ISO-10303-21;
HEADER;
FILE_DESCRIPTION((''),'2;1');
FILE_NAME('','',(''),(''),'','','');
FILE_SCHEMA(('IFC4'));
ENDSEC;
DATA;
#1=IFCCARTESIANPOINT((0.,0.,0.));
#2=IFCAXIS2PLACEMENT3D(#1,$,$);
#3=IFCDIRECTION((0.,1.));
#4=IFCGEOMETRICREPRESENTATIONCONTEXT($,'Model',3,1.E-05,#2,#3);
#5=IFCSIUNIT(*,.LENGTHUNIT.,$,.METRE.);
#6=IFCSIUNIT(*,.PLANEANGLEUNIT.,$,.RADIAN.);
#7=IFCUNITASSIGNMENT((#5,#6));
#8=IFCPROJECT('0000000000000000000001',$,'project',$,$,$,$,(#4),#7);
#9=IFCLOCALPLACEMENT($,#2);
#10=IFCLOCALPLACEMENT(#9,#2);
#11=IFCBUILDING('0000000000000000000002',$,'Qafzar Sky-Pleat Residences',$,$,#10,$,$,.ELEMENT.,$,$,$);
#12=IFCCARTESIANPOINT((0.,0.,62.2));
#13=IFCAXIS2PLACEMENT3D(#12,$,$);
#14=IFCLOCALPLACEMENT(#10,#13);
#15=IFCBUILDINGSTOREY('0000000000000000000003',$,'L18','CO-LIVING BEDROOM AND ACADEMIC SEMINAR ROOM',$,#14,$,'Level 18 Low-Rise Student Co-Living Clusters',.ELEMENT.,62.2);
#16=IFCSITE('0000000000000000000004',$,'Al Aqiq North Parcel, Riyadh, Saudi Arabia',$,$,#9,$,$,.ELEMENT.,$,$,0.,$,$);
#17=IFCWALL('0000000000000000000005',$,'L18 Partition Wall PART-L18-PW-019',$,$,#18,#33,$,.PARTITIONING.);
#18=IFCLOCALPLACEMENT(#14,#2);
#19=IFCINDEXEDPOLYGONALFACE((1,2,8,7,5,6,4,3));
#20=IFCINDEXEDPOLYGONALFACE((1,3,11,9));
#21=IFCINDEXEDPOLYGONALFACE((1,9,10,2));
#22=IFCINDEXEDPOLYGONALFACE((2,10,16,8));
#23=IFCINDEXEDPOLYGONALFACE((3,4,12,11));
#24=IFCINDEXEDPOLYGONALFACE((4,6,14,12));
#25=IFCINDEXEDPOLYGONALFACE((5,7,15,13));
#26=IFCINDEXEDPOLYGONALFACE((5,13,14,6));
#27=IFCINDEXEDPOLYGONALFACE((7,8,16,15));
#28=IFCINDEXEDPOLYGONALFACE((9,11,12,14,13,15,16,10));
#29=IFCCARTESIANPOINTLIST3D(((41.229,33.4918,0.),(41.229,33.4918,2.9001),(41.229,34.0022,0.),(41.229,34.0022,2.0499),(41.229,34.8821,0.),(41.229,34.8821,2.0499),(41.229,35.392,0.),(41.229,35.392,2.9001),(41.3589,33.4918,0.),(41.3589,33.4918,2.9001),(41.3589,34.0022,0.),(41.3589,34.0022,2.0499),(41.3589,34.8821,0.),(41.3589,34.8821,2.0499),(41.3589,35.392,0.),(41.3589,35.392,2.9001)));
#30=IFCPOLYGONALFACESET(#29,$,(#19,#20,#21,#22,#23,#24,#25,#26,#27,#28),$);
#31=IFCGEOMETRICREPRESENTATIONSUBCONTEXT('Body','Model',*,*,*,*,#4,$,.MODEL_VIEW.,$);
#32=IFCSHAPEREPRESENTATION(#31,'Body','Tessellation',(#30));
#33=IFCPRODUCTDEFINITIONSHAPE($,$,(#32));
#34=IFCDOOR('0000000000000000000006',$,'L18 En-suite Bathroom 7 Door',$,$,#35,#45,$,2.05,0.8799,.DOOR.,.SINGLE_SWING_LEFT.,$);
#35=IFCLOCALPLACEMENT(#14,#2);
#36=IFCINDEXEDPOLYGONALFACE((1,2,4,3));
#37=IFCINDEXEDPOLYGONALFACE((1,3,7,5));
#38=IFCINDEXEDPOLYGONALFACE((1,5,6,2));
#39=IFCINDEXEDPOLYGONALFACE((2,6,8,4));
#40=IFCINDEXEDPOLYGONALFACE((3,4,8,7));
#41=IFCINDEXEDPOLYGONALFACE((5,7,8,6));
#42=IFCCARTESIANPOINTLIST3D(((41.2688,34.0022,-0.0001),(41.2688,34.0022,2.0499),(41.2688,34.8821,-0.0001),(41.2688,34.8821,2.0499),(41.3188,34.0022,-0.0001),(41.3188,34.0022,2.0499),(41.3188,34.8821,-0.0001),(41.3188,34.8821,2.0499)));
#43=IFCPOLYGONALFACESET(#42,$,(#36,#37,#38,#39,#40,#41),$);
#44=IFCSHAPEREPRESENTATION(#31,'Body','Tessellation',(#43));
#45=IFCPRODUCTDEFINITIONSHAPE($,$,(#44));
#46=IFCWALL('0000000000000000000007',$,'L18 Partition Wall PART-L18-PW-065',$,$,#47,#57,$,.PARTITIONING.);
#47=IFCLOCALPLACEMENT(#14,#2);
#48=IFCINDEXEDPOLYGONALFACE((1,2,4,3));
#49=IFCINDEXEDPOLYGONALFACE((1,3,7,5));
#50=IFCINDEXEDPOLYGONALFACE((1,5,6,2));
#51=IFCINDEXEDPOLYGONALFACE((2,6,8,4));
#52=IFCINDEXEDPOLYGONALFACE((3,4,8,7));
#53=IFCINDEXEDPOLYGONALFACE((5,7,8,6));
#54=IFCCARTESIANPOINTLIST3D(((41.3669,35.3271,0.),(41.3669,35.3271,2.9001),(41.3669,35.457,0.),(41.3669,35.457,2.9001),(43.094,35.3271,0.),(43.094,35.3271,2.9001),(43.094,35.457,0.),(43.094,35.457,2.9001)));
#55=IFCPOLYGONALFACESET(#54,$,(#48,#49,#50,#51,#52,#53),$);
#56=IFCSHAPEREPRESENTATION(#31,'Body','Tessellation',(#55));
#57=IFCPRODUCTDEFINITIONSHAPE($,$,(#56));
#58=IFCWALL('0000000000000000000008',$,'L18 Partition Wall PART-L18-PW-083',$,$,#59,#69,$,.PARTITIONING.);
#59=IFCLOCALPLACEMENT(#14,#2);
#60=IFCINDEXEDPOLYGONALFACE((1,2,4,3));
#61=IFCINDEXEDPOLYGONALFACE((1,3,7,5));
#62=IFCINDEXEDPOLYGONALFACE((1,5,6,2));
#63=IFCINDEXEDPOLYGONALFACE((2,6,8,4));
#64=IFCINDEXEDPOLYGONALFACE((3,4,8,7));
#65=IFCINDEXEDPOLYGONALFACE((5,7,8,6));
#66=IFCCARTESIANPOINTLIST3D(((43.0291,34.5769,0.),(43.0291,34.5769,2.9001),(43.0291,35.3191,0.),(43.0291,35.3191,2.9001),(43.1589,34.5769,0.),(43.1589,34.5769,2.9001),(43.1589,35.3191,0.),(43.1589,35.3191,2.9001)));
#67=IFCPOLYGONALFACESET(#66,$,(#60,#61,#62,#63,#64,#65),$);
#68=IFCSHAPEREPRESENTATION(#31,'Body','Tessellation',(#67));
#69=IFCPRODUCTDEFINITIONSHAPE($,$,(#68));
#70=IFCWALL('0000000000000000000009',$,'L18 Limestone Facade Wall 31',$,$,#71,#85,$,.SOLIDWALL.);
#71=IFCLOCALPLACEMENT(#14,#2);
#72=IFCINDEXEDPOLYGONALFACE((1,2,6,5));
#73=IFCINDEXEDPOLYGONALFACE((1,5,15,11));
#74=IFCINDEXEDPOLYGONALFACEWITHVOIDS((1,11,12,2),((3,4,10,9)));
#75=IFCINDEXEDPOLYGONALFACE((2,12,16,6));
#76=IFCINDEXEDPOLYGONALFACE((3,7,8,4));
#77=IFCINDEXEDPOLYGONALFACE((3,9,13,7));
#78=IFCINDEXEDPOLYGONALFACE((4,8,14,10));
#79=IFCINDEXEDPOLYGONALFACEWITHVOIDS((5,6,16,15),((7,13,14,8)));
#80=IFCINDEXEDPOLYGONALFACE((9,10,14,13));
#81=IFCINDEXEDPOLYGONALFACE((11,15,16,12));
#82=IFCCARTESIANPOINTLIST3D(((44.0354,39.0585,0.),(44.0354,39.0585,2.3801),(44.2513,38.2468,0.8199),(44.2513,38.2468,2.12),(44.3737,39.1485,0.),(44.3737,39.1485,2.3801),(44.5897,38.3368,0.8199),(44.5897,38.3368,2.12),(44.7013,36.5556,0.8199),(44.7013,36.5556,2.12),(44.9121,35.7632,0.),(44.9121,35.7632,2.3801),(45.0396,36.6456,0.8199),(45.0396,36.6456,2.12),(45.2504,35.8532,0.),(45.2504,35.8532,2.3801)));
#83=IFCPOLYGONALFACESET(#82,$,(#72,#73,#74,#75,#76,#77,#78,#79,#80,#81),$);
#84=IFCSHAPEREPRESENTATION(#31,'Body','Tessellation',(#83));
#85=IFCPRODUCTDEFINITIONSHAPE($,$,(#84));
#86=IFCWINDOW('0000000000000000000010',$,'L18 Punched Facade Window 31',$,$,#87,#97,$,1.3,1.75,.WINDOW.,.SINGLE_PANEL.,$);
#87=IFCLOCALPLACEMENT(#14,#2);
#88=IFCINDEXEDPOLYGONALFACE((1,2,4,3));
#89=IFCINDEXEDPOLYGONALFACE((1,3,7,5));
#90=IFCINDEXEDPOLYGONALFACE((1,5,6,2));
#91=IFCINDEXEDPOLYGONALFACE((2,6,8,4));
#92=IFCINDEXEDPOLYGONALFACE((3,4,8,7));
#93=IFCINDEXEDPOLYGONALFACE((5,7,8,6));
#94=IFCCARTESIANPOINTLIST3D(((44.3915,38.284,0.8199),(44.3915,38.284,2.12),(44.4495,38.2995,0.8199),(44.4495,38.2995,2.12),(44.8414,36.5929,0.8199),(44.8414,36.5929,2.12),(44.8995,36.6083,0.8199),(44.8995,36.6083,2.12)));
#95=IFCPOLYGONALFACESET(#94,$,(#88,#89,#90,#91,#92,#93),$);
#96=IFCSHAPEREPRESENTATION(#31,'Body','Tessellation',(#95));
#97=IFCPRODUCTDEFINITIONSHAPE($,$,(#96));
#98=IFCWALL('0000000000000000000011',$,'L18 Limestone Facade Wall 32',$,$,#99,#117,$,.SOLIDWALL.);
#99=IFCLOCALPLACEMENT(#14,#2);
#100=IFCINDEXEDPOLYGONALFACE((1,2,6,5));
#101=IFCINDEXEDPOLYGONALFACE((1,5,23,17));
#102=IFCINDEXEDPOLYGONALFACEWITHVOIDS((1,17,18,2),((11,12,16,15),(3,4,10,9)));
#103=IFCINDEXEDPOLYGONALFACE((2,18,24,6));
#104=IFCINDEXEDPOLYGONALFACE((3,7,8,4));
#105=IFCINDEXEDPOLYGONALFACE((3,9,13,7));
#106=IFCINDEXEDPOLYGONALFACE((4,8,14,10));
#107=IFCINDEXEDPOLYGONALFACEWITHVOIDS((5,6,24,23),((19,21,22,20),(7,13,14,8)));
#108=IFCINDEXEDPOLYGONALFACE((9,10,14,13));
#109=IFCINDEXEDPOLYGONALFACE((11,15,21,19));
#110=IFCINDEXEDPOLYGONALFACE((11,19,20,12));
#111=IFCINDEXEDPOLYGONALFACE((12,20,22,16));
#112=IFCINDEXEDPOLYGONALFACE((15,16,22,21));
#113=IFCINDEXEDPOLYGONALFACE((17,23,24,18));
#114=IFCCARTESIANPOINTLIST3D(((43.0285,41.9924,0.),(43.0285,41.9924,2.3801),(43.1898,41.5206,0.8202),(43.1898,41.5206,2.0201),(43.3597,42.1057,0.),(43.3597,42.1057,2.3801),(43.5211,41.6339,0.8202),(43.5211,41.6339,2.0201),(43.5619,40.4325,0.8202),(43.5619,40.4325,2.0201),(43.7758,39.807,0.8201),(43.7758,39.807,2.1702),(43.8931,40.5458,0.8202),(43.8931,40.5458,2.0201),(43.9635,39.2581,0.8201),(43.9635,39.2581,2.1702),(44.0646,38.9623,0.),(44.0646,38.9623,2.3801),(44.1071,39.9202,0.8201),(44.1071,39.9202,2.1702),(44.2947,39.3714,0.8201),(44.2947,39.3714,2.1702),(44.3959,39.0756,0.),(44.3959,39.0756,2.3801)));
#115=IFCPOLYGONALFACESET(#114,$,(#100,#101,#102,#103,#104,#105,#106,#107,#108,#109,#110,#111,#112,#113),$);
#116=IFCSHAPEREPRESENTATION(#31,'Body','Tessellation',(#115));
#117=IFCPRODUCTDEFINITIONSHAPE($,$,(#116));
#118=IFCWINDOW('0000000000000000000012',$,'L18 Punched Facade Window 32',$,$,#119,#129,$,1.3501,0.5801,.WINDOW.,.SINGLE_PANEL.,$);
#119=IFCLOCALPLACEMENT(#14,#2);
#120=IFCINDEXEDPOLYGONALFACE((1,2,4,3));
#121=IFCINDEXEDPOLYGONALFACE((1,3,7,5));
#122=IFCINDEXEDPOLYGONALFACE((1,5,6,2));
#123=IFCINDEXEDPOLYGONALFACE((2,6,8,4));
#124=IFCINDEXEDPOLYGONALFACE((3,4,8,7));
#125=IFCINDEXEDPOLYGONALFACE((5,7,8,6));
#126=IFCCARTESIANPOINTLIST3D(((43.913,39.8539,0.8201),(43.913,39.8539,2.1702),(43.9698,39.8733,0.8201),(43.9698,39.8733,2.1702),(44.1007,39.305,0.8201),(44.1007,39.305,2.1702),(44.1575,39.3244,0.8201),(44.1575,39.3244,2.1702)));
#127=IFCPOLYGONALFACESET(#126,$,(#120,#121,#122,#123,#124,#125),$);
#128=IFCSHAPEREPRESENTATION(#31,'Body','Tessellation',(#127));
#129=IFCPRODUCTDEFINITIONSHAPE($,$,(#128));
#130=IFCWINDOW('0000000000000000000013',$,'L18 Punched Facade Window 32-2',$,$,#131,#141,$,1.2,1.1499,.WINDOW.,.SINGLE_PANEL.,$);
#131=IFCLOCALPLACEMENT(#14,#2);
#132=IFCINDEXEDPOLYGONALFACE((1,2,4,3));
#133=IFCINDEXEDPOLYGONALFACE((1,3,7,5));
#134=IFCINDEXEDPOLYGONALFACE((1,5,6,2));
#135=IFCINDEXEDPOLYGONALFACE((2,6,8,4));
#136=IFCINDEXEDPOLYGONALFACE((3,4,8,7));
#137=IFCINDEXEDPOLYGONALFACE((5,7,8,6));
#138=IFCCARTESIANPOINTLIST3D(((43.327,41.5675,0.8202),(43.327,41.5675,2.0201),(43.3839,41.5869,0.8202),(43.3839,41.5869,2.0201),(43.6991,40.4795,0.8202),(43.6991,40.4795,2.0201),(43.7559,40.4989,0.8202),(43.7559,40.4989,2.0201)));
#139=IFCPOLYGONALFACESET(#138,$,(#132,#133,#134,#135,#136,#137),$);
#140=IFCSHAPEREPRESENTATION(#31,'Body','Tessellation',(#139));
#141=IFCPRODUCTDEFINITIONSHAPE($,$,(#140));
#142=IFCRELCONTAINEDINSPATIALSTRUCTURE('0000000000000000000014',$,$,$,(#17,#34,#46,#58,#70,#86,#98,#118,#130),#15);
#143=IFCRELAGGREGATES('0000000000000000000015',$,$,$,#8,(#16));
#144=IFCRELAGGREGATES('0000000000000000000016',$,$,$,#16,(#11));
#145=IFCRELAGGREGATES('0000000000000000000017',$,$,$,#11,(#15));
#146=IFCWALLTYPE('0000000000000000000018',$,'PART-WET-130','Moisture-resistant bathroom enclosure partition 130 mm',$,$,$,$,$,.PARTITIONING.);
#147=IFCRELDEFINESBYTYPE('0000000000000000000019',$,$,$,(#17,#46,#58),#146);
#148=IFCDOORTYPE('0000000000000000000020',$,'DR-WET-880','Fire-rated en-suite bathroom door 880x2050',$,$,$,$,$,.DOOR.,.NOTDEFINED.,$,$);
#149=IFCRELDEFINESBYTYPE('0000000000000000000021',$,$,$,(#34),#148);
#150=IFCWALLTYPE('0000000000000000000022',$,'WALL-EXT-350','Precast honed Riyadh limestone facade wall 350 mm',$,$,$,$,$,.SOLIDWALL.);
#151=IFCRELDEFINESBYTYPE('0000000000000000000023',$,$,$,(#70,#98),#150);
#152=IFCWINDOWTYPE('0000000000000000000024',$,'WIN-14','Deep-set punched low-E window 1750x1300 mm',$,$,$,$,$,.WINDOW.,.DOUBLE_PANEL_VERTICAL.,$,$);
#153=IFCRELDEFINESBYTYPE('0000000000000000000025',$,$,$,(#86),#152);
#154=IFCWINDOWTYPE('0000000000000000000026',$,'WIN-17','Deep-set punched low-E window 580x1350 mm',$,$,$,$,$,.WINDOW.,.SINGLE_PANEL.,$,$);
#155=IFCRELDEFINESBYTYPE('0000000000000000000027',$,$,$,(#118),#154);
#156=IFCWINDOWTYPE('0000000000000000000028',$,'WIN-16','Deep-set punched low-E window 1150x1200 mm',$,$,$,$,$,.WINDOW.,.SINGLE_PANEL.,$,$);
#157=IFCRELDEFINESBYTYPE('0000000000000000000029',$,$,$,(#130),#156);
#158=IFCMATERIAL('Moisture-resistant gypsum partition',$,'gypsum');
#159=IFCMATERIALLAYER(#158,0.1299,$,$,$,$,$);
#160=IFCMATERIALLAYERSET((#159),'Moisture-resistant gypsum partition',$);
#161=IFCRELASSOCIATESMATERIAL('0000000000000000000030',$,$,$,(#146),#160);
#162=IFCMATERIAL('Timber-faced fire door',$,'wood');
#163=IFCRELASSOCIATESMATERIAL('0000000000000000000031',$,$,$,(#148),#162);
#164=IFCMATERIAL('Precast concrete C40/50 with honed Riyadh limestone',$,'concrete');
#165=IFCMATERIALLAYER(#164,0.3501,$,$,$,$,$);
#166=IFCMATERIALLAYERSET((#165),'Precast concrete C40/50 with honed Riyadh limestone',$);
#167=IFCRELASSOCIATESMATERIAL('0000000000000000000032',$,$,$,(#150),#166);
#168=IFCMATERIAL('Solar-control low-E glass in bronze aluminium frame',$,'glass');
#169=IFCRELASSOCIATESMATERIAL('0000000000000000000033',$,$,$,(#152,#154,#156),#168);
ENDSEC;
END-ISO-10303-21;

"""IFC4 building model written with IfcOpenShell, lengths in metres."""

from ifc_helpers import new_model, si_unit, direction, frame, frame_2d, origin, place, context, subcontext, project, spatial, rectangle, extrude, source, transform, mapped, material, layer, layer_set, type_object, element, fill, save


model = new_model("IFC4")

# Units and contexts
model_context = context("Model", 3, precision=1e-05, world=origin(), true_north=direction((0.0, 1.0)))
body_context = subcontext(model_context, "Body", "Model", "MODEL_VIEW")
ifc_project = project(units=[si_unit("LENGTHUNIT", "METRE"), si_unit("PLANEANGLEUNIT", "RADIAN")], contexts=[model_context])

# Site, building, storey
site_placement = place(None, origin())
site = spatial("IfcSite", under=ifc_project, at=site_placement, Name="Al Aqiq North Parcel, Riyadh, Saudi Arabia", CompositionType="ELEMENT", RefElevation=0.0)
building_placement = place(site_placement, origin())
building = spatial("IfcBuilding", under=site, at=building_placement, Name="Qafzar Sky-Pleat Residences", CompositionType="ELEMENT")
storey_placement = place(building_placement, frame((0.0, 0.0, 62.2)))
storey = spatial("IfcBuildingStorey", under=building, at=storey_placement, Name="L18", Description="CO-LIVING BEDROOM AND ACADEMIC SEMINAR ROOM", LongName="Level 18 Low-Rise Student Co-Living Clusters", CompositionType="ELEMENT", Elevation=62.2)

# Wall, opening, door
ifc_material_1 = material(Name="Moisture-resistant gypsum partition", Category="gypsum")
ifc_layer_1 = layer(ifc_material_1, 0.1299)
ifc_layer_set_1 = layer_set([ifc_layer_1], Name="Moisture-resistant gypsum partition")
wall_type_1 = type_object("IfcWallType", Name="PART-WET-130", Description="Moisture-resistant bathroom enclosure partition 130 mm", PredefinedType="PARTITIONING", material=ifc_layer_set_1)
wall_1_placement = place(storey_placement, frame((41.2939, 35.3921, 0.0), z_axis=(0.0, 0.0, 1.0), x_axis=(0.0, -1.0, 0.0)))
wall_1 = element("IfcWall", 1, at=wall_1_placement, inside=storey, type_object=wall_type_1, Name="L18 Partition Wall PART-L18-PW-019", PredefinedType="PARTITIONING", context=body_context, shape_type="SweptSolid", body=[
    extrude(rectangle(XDim=1.9001, YDim=0.1299, at=frame_2d((0.9502, 0.0))), origin(), (0.0, 0.0, 1.0), 2.9001),
])
opening_1_placement = place(wall_1_placement, frame((0.51, 0.0, 0.0)))
opening_1 = element("IfcOpeningElement", 2, at=opening_1_placement, cuts=wall_1, PredefinedType="OPENING", context=body_context, shape_type="SweptSolid", body=[
    extrude(rectangle(XDim=0.8799, YDim=2.05, at=frame_2d((0.4399, 1.0249))), frame((0.0, 0.075, 0.0), z_axis=(0.0, -1.0, 0.0), x_axis=(1.0, 0.0, 0.0)), (0.0, 0.0, 1.0), 0.1499),
])
ifc_material_2 = material(Name="Timber-faced fire door", Category="wood")
door_type = type_object("IfcDoorType", Name="DR-WET-880", Description="Fire-rated en-suite bathroom door 880x2050", OperationType="NOTDEFINED", PredefinedType="DOOR", material=ifc_material_2)
shared_shape_1 = source(origin(), body_context, "Body", "SweptSolid", [
    extrude(rectangle(XDim=0.8799, YDim=2.05, at=frame_2d((0.4399, 1.0249))), frame((0.0, 0.0249, 0.0), z_axis=(0.0, -1.0, 0.0), x_axis=(1.0, 0.0, 0.0)), (0.0, 0.0, 1.0), 0.05),
])
door_placement = place(opening_1_placement, origin())
door = element("IfcDoor", 3, at=door_placement, inside=storey, type_object=door_type, Name="L18 En-suite Bathroom 7 Door", OperationType="SINGLE_SWING_LEFT", OverallHeight=2.05, OverallWidth=0.8799, PredefinedType="DOOR", context=body_context, shape_type="MappedRepresentation", body=[
    mapped(shared_shape_1, transform((0.0, 0.0, 0.0), x_axis=(1.0, 0.0, 0.0), y_axis=(0.0, 1.0, 0.0), z_axis=(0.0, 0.0, 1.0), scale=1.0)),
])
fill(opening_1, door)

# Walls
wall_2_placement = place(storey_placement, frame((41.3669, 35.3921, 0.0), z_axis=(0.0, 0.0, 1.0), x_axis=(1.0, 0.0, 0.0)))
element("IfcWall", 4, at=wall_2_placement, inside=storey, type_object=wall_type_1, Name="L18 Partition Wall PART-L18-PW-065", PredefinedType="PARTITIONING", context=body_context, shape_type="SweptSolid", body=[
    extrude(rectangle(XDim=1.7271, YDim=0.1299, at=frame_2d((0.8635, 0.0))), origin(), (0.0, 0.0, 1.0), 2.9001),
])
wall_3_placement = place(storey_placement, frame((43.094, 34.5769, 0.0), z_axis=(0.0, 0.0, 1.0), x_axis=(0.0, 1.0, 0.0)))
element("IfcWall", 5, at=wall_3_placement, inside=storey, type_object=wall_type_1, Name="L18 Partition Wall PART-L18-PW-083", PredefinedType="PARTITIONING", context=body_context, shape_type="SweptSolid", body=[
    extrude(rectangle(XDim=0.7422, YDim=0.1299, at=frame_2d((0.3711, 0.0))), origin(), (0.0, 0.0, 1.0), 2.9001),
])

# Wall, opening, window
ifc_material_3 = material(Name="Precast concrete C40/50 with honed Riyadh limestone", Category="concrete")
ifc_layer_2 = layer(ifc_material_3, 0.3501)
ifc_layer_set_2 = layer_set([ifc_layer_2], Name="Precast concrete C40/50 with honed Riyadh limestone")
wall_type_2 = type_object("IfcWallType", Name="WALL-EXT-350", Description="Precast honed Riyadh limestone facade wall 350 mm", PredefinedType="SOLIDWALL", material=ifc_layer_set_2)
wall_4_placement = place(storey_placement, frame((45.0813, 35.8081, 0.0), z_axis=(0.0, 0.0, 1.0), x_axis=(-0.257114, 0.966381, 0.0)))
wall_4 = element("IfcWall", 6, at=wall_4_placement, inside=storey, type_object=wall_type_2, Name="L18 Limestone Facade Wall 31", PredefinedType="SOLIDWALL", context=body_context, shape_type="SweptSolid", body=[
    extrude(rectangle(XDim=3.4099, YDim=0.3501, at=frame_2d((1.7051, 0.0))), origin(), (0.0, 0.0, 1.0), 2.3801),
])
opening_2_placement = place(wall_4_placement, frame((0.8201, 0.0, 0.8201)))
opening_2 = element("IfcOpeningElement", 7, at=opening_2_placement, cuts=wall_4, PredefinedType="OPENING", context=body_context, shape_type="SweptSolid", body=[
    extrude(rectangle(XDim=1.75, YDim=1.3, at=frame_2d((0.875, 0.6499))), frame((0.0, 0.1851, 0.0), z_axis=(0.0, -1.0, 0.0), x_axis=(1.0, 0.0, 0.0)), (0.0, 0.0, 1.0), 0.3701),
])
ifc_material_4 = material(Name="Solar-control low-E glass in bronze aluminium frame", Category="glass")
window_type_1 = type_object("IfcWindowType", Name="WIN-14", Description="Deep-set punched low-E window 1750x1300 mm", PartitioningType="DOUBLE_PANEL_VERTICAL", PredefinedType="WINDOW", material=ifc_material_4)
shared_shape_2 = source(origin(), body_context, "Body", "SweptSolid", [
    extrude(rectangle(XDim=1.75, YDim=1.3, at=frame_2d((0.875, 0.6499))), frame((0.0, 0.03, 0.0), z_axis=(0.0, -1.0, 0.0), x_axis=(1.0, 0.0, 0.0)), (0.0, 0.0, 1.0), 0.0601),
])
window_1_placement = place(opening_2_placement, origin())
window_1 = element("IfcWindow", 8, at=window_1_placement, inside=storey, type_object=window_type_1, Name="L18 Punched Facade Window 31", OverallHeight=1.3, OverallWidth=1.75, PartitioningType="SINGLE_PANEL", PredefinedType="WINDOW", context=body_context, shape_type="MappedRepresentation", body=[
    mapped(shared_shape_2, transform((0.0, 0.0, 0.0), x_axis=(1.0, 0.0, 0.0), y_axis=(0.0, 1.0, 0.0), z_axis=(0.0, 0.0, 1.0), scale=1.0)),
])
fill(opening_2, window_1)

# Wall, openings, windows
wall_5_placement = place(storey_placement, frame((44.2302, 39.019, 0.0), z_axis=(0.0, 0.0, 1.0), x_axis=(-0.32356, 0.946208, 0.0)))
wall_5 = element("IfcWall", 9, at=wall_5_placement, inside=storey, type_object=wall_type_2, Name="L18 Limestone Facade Wall 32", PredefinedType="SOLIDWALL", context=body_context, shape_type="SweptSolid", body=[
    extrude(rectangle(XDim=3.2024, YDim=0.3501, at=frame_2d((1.6011, 0.0))), origin(), (0.0, 0.0, 1.0), 2.3801),
])
opening_3_placement = place(wall_5_placement, frame((0.3125, 0.0, 0.8201)))
opening_3 = element("IfcOpeningElement", 10, at=opening_3_placement, cuts=wall_5, PredefinedType="OPENING", context=body_context, shape_type="SweptSolid", body=[
    extrude(rectangle(XDim=0.5801, YDim=1.3501, at=frame_2d((0.29, 0.675))), frame((0.0, 0.1851, 0.0), z_axis=(0.0, -1.0, 0.0), x_axis=(1.0, 0.0, 0.0)), (0.0, 0.0, 1.0), 0.3701),
])
opening_4_placement = place(wall_5_placement, frame((1.5537, 0.0, 0.8201)))
opening_4 = element("IfcOpeningElement", 11, at=opening_4_placement, cuts=wall_5, PredefinedType="OPENING", context=body_context, shape_type="SweptSolid", body=[
    extrude(rectangle(XDim=1.1499, YDim=1.2, at=frame_2d((0.575, 0.6001))), frame((0.0, 0.1851, 0.0), z_axis=(0.0, -1.0, 0.0), x_axis=(1.0, 0.0, 0.0)), (0.0, 0.0, 1.0), 0.3701),
])
window_type_2 = type_object("IfcWindowType", Name="WIN-17", Description="Deep-set punched low-E window 580x1350 mm", PartitioningType="SINGLE_PANEL", PredefinedType="WINDOW", material=ifc_material_4)
shared_shape_3 = source(origin(), body_context, "Body", "SweptSolid", [
    extrude(rectangle(XDim=0.5801, YDim=1.3501, at=frame_2d((0.29, 0.675))), frame((0.0, 0.03, 0.0), z_axis=(0.0, -1.0, 0.0), x_axis=(1.0, 0.0, 0.0)), (0.0, 0.0, 1.0), 0.0601),
])
window_2_placement = place(opening_3_placement, origin())
window_2 = element("IfcWindow", 12, at=window_2_placement, inside=storey, type_object=window_type_2, Name="L18 Punched Facade Window 32", OverallHeight=1.3501, OverallWidth=0.5801, PartitioningType="SINGLE_PANEL", PredefinedType="WINDOW", context=body_context, shape_type="MappedRepresentation", body=[
    mapped(shared_shape_3, transform((0.0, 0.0, 0.0), x_axis=(1.0, 0.0, 0.0), y_axis=(0.0, 1.0, 0.0), z_axis=(0.0, 0.0, 1.0), scale=1.0)),
])
fill(opening_3, window_2)
window_type_3 = type_object("IfcWindowType", Name="WIN-16", Description="Deep-set punched low-E window 1150x1200 mm", PartitioningType="SINGLE_PANEL", PredefinedType="WINDOW", material=ifc_material_4)
shared_shape_4 = source(origin(), body_context, "Body", "SweptSolid", [
    extrude(rectangle(XDim=1.1499, YDim=1.2, at=frame_2d((0.575, 0.6001))), frame((0.0, 0.03, 0.0), z_axis=(0.0, -1.0, 0.0), x_axis=(1.0, 0.0, 0.0)), (0.0, 0.0, 1.0), 0.0601),
])
window_3_placement = place(opening_4_placement, origin())
window_3 = element("IfcWindow", 13, at=window_3_placement, inside=storey, type_object=window_type_3, Name="L18 Punched Facade Window 32-2", OverallHeight=1.2, OverallWidth=1.1499, PartitioningType="SINGLE_PANEL", PredefinedType="WINDOW", context=body_context, shape_type="MappedRepresentation", body=[
    mapped(shared_shape_4, transform((0.0, 0.0, 0.0), x_axis=(1.0, 0.0, 0.0), y_axis=(0.0, 1.0, 0.0), z_axis=(0.0, 0.0, 1.0), scale=1.0)),
])
fill(opening_4, window_3)

save(model, "model.ifc")
